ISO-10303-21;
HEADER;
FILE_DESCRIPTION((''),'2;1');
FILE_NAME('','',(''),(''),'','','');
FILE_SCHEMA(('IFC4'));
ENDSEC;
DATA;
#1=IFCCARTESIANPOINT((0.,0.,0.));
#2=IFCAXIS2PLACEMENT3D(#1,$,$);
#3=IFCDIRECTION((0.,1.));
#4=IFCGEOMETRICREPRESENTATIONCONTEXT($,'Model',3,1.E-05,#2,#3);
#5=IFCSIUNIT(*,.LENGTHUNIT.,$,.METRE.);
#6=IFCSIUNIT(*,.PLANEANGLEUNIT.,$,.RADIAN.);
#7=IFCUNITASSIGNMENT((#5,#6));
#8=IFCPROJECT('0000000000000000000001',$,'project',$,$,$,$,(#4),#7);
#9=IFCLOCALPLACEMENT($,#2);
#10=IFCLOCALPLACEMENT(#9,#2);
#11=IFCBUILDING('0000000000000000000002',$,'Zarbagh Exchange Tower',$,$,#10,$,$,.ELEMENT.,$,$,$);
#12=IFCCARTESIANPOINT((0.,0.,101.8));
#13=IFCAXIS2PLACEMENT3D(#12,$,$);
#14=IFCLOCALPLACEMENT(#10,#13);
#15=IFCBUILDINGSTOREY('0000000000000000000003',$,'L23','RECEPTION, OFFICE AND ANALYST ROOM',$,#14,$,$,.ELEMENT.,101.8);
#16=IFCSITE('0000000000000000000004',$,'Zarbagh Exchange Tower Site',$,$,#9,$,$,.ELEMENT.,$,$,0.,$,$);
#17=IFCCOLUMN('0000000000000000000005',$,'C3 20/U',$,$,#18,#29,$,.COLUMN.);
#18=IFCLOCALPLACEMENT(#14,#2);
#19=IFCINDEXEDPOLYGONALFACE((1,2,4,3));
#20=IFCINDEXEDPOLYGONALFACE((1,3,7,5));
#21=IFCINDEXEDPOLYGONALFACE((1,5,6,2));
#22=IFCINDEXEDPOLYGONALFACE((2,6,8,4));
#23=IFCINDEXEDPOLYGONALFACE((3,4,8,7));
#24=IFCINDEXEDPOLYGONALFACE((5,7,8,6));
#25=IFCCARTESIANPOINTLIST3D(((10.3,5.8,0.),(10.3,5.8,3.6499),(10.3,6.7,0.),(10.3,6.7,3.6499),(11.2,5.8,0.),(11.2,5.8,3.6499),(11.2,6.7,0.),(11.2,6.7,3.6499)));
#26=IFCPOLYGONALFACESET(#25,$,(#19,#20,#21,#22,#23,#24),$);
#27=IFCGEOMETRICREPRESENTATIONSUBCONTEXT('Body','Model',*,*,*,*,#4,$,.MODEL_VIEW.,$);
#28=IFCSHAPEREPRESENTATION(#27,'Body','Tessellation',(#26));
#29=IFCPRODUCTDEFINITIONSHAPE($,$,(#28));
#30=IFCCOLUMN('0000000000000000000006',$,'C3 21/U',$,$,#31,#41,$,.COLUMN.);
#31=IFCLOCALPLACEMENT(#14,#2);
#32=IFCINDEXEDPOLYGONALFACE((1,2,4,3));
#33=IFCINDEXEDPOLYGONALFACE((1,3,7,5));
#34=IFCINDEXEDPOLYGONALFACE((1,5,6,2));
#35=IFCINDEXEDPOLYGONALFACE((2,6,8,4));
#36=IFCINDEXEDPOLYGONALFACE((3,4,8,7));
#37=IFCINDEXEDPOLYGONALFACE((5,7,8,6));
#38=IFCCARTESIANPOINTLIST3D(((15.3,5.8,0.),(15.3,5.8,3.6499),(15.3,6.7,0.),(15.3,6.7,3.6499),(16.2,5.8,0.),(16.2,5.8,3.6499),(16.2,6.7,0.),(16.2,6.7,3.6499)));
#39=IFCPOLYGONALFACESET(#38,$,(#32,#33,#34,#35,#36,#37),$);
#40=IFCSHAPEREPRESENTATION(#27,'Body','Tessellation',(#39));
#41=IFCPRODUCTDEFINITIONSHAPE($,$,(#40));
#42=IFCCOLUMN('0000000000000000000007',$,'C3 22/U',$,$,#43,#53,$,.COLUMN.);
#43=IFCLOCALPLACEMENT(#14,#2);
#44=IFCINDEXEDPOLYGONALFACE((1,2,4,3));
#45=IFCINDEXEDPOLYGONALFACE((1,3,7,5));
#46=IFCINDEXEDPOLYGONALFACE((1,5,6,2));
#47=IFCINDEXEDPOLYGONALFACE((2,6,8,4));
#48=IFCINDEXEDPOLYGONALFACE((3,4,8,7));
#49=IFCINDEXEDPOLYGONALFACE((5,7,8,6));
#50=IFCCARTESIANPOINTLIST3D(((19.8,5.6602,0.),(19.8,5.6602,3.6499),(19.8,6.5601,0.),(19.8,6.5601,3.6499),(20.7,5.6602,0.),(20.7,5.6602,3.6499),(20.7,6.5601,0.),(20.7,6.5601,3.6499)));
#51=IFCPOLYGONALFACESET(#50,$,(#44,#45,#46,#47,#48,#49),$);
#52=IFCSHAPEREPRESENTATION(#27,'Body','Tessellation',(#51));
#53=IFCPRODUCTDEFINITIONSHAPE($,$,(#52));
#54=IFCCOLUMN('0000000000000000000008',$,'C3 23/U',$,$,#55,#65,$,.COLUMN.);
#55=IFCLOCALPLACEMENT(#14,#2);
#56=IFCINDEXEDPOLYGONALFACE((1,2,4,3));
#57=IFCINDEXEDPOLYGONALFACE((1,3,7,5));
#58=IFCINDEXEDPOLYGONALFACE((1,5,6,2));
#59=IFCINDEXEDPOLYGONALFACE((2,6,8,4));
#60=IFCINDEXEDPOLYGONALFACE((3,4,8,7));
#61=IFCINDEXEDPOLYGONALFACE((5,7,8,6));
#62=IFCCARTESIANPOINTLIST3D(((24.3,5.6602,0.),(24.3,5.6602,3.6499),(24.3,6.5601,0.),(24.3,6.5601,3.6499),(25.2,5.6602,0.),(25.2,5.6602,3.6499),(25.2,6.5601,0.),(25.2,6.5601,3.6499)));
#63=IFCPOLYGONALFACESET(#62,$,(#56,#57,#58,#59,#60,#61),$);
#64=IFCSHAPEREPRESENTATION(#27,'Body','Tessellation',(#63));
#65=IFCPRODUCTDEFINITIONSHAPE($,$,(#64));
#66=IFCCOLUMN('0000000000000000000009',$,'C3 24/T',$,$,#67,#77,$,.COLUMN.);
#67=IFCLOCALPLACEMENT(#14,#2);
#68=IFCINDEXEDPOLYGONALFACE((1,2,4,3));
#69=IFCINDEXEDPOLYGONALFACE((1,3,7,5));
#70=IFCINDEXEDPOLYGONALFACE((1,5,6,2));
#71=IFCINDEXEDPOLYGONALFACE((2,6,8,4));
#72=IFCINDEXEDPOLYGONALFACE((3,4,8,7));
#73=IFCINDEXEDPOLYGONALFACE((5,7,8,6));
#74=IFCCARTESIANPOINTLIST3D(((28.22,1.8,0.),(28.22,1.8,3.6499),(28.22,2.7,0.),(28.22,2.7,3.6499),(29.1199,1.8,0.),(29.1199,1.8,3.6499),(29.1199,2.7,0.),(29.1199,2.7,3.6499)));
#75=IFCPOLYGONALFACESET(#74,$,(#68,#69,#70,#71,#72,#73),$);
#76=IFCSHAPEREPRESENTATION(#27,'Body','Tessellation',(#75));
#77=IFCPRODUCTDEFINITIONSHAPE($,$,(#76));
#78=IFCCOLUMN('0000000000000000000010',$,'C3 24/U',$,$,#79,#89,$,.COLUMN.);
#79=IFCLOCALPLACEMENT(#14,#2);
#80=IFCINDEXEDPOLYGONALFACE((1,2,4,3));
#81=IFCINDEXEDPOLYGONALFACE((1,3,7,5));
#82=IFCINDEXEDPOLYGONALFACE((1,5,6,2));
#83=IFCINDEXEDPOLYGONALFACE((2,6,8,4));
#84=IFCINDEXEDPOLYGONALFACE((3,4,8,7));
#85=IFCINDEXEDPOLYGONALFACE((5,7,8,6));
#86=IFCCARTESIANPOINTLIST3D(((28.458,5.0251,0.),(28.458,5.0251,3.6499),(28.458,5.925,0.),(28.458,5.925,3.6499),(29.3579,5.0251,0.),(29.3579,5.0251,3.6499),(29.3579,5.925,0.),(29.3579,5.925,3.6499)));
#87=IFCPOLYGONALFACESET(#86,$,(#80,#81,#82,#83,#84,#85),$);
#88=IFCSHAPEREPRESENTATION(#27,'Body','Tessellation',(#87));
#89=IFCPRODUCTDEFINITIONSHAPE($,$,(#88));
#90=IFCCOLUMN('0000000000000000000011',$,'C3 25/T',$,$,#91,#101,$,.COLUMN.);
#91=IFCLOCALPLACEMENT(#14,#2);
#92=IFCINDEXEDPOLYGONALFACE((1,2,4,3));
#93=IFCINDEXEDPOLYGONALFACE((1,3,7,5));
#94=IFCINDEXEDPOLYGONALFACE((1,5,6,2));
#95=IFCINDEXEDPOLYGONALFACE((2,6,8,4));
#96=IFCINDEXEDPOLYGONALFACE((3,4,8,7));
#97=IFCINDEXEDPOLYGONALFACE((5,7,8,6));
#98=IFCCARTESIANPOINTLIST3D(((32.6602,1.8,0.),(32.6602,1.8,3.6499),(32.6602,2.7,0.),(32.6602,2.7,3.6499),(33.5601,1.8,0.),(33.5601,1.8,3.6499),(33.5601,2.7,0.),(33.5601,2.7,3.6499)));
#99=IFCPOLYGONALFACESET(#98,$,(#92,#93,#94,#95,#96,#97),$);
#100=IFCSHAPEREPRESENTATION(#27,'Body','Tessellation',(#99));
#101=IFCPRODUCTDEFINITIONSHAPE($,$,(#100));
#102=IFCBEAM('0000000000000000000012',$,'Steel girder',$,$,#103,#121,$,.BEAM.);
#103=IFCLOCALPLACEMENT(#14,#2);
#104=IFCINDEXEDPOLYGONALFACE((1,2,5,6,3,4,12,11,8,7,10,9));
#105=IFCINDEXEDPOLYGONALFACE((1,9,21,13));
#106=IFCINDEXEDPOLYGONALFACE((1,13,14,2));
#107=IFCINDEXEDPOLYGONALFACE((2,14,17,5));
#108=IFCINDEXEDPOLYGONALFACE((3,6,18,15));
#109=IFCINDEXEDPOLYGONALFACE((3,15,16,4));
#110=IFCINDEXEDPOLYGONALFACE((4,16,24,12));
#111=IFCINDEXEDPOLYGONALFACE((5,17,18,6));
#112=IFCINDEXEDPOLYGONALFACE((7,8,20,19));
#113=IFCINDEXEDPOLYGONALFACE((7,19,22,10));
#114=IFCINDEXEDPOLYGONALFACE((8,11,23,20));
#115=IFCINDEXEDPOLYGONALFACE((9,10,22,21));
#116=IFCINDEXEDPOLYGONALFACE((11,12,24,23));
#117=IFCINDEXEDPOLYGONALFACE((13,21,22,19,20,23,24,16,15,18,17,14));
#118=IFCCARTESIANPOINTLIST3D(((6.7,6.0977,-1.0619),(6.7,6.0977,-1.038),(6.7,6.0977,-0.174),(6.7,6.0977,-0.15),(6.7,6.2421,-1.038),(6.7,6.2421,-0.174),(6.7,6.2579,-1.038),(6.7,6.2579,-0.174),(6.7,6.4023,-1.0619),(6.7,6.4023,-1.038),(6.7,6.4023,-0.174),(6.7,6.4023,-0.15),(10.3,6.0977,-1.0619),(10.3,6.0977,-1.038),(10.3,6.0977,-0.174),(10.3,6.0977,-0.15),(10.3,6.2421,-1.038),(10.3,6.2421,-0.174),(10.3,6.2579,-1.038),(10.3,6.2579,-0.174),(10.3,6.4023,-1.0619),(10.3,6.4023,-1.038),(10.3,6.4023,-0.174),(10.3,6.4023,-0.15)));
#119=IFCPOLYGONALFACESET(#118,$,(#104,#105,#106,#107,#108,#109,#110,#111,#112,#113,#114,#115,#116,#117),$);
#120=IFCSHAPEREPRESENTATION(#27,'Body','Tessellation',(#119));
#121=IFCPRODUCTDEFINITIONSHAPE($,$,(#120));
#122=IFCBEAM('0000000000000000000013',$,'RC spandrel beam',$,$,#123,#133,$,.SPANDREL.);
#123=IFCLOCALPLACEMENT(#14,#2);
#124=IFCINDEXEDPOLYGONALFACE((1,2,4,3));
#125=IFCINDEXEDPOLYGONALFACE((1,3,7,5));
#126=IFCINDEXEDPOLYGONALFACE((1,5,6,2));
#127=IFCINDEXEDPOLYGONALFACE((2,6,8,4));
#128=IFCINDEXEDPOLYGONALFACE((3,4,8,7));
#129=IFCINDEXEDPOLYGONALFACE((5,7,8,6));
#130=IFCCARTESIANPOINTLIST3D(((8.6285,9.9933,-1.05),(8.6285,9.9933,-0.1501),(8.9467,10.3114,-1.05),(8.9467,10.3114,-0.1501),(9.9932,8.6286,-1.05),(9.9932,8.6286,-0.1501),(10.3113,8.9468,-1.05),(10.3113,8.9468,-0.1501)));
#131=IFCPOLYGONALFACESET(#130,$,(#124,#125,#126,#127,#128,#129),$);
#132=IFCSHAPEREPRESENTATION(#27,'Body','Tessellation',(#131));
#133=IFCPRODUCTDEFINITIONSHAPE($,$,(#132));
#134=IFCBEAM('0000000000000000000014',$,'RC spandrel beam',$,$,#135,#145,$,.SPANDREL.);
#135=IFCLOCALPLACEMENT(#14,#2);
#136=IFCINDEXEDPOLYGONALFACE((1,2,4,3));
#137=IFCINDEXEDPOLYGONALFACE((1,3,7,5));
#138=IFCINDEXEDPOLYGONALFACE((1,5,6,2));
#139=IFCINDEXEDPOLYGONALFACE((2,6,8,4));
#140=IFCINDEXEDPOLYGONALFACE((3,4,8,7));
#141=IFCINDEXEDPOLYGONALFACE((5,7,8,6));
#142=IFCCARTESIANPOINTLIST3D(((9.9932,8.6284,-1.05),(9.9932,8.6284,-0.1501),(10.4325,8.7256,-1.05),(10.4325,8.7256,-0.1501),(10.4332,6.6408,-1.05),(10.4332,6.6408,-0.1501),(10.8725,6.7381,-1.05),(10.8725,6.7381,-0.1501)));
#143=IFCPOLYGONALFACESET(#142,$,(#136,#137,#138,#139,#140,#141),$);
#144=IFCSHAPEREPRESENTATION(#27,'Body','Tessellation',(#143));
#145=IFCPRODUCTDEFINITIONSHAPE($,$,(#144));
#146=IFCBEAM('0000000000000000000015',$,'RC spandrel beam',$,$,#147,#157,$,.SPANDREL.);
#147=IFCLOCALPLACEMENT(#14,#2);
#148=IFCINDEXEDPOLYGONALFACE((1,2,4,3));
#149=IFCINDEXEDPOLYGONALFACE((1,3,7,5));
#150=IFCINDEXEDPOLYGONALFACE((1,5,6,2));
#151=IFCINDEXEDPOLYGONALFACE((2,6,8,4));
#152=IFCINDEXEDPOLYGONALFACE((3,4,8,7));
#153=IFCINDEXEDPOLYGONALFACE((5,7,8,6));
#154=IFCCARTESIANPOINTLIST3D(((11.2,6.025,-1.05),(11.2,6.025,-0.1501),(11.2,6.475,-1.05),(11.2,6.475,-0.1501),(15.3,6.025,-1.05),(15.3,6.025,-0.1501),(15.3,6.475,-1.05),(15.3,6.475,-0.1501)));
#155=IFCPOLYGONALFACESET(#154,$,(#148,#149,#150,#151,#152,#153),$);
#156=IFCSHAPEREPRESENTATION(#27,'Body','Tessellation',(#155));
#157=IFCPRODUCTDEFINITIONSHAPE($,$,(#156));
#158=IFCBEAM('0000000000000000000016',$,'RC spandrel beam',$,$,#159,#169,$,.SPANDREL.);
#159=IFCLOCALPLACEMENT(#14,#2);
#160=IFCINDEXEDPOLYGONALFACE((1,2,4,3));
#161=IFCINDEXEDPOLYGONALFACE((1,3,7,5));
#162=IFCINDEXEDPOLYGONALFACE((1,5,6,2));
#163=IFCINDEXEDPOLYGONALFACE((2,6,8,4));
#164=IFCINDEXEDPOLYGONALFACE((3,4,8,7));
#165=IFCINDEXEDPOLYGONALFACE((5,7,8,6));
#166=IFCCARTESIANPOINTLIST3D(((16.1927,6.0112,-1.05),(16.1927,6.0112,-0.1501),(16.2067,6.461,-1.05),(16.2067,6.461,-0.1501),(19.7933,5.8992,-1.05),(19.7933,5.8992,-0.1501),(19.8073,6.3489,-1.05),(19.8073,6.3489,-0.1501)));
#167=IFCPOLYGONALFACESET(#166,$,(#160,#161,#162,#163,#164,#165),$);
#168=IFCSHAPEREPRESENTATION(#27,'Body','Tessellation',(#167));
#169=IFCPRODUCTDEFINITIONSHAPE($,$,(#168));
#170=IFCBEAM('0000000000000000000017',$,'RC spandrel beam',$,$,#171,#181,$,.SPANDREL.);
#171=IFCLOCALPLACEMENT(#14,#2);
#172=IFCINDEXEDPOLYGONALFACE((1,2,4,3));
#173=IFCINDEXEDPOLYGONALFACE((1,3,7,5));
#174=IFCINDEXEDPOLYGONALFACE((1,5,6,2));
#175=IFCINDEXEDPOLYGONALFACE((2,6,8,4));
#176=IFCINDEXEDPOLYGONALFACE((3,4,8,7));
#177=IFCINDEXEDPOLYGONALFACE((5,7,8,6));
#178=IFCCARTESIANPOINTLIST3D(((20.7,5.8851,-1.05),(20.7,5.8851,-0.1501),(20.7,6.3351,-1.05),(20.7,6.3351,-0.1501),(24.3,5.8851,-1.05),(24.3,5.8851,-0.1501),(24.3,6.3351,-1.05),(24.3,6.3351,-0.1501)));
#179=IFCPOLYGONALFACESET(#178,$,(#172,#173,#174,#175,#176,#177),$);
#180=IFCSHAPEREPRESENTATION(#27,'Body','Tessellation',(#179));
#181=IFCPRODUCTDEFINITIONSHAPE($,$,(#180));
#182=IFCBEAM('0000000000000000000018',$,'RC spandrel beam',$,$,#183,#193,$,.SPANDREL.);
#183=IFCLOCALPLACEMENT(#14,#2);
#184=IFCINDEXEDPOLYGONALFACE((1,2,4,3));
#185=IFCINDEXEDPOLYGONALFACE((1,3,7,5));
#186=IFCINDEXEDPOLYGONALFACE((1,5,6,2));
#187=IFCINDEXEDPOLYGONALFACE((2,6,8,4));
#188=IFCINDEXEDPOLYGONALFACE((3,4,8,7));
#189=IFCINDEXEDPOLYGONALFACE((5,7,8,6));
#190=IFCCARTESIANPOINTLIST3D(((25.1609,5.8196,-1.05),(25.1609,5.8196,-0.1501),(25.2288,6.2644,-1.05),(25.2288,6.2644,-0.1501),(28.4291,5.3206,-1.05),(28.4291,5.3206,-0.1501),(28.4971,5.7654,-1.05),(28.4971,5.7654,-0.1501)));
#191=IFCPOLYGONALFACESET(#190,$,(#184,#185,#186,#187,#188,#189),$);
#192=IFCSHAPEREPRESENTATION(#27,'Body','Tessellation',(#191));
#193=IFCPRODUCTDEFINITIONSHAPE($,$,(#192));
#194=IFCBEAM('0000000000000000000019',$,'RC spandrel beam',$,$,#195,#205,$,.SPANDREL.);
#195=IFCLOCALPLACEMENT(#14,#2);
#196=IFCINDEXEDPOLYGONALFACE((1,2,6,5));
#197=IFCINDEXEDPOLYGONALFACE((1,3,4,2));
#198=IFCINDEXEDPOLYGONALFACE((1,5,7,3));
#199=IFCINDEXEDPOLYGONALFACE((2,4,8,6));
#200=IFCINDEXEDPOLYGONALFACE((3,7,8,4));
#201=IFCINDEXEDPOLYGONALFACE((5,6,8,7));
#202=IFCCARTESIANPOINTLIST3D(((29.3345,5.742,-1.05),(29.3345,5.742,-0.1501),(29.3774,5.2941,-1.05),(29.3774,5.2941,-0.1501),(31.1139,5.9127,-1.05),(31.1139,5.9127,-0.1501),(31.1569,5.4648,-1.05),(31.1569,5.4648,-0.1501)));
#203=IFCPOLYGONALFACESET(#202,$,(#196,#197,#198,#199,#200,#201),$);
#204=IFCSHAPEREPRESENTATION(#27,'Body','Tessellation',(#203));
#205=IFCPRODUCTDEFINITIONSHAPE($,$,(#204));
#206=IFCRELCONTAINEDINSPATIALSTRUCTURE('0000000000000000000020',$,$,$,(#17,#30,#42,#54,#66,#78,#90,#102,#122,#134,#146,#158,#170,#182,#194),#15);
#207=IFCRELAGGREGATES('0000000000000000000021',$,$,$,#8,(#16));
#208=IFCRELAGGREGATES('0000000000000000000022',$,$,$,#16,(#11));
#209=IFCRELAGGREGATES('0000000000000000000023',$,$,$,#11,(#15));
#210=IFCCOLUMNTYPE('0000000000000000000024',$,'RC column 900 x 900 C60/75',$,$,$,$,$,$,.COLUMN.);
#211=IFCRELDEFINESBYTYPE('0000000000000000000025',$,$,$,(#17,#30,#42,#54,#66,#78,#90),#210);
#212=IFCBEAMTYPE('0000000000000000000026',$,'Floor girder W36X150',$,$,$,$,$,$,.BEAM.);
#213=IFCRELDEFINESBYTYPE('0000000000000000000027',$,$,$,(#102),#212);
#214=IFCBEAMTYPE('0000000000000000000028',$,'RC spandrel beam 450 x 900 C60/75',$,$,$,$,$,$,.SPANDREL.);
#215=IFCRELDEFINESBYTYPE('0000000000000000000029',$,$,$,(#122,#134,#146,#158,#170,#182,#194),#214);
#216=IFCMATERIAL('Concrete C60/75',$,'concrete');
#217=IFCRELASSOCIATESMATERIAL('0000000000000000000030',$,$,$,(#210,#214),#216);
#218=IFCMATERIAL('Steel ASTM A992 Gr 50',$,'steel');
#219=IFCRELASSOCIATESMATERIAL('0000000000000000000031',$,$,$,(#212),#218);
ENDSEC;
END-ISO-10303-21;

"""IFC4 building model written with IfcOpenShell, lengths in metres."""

from ifc_helpers import new_model, si_unit, direction, frame, origin, origin_2d, place, context, subcontext, project, spatial, rectangle, i_section, extrude, material, material_profile, profile_set, type_object, element, save


model = new_model("IFC4")

# Units and contexts
model_context = context("Model", 3, precision=1e-05, world=origin(), true_north=direction((0.0, 1.0)))
body_context = subcontext(model_context, "Body", "Model", "MODEL_VIEW")
ifc_project = project(units=[si_unit("LENGTHUNIT", "METRE"), si_unit("PLANEANGLEUNIT", "RADIAN")], contexts=[model_context])

# Site, building, storey
site_placement = place(None, origin())
site = spatial("IfcSite", under=ifc_project, at=site_placement, Name="Zarbagh Exchange Tower Site", CompositionType="ELEMENT", RefElevation=0.0)
building_placement = place(site_placement, origin())
building = spatial("IfcBuilding", under=site, at=building_placement, Name="Zarbagh Exchange Tower", CompositionType="ELEMENT")
storey_placement = place(building_placement, frame((0.0, 0.0, 101.8)))
storey = spatial("IfcBuildingStorey", under=building, at=storey_placement, Name="L23", Description="RECEPTION, OFFICE AND ANALYST ROOM", CompositionType="ELEMENT", Elevation=101.8)

# Columns
ifc_material_1 = material(Name="Concrete C60/75", Category="concrete")
ifc_material_profile_1 = material_profile(ifc_material_1, rectangle(XDim=0.8999, YDim=0.8999, at=origin_2d()), Name="RC column 900 x 900 C60/75")
ifc_profile_set_1 = profile_set([ifc_material_profile_1], Name="Concrete C60/75")
column_type = type_object("IfcColumnType", Name="RC column 900 x 900 C60/75", PredefinedType="COLUMN", material=ifc_profile_set_1)
for number, where, z_axis, x_axis, name in (
    (1, (10.75, 6.25, 0.0), (0.0, 0.0, 1.0), (1.0, 0.0, 0.0), "C3 20/U"),
    (2, (15.75, 6.25, 0.0), (0.0, 0.0, 1.0), (1.0, 0.0, 0.0), "C3 21/U"),
    (3, (20.25, 6.1101, 0.0), (0.0, 0.0, 1.0), (1.0, 0.0, 0.0), "C3 22/U"),
    (4, (24.75, 6.1101, 0.0), (0.0, 0.0, 1.0), (1.0, 0.0, 0.0), "C3 23/U"),
    (5, (28.6699, 2.25, 0.0), (0.0, 0.0, 1.0), (1.0, 0.0, 0.0), "C3 24/T"),
    (6, (28.908, 5.4751, 0.0), (0.0, 0.0, 1.0), (1.0, 0.0, 0.0), "C3 24/U"),
    (7, (33.1101, 2.25, 0.0), (0.0, 0.0, 1.0), (1.0, 0.0, 0.0), "C3 25/T"),
):
    element("IfcColumn", number, at=place(storey_placement, frame(where, z_axis=z_axis, x_axis=x_axis)), inside=storey, type_object=column_type, Name=name, PredefinedType="COLUMN", context=body_context, shape_type="SweptSolid", body=[
        extrude(rectangle(XDim=0.8999, YDim=0.8999, at=origin_2d()), origin(), (0.0, 0.0, 1.0), 3.6499),
    ])

# Beams
ifc_material_2 = material(Name="Steel ASTM A992 Gr 50", Category="steel")
ifc_material_profile_2 = material_profile(ifc_material_2, i_section(OverallWidth=0.3047, OverallDepth=0.9119, WebThickness=0.0159, FlangeThickness=0.0239, at=origin_2d()), Name="W36X150")
ifc_profile_set_2 = profile_set([ifc_material_profile_2], Name="Steel ASTM A992 Gr 50")
beam_type_1 = type_object("IfcBeamType", Name="Floor girder W36X150", PredefinedType="BEAM", material=ifc_profile_set_2)
beam_1_placement = place(storey_placement, frame((6.7, 6.25, -0.606), z_axis=(1.0, 0.0, 0.0), x_axis=(0.0, 1.0, 0.0)))
element("IfcBeam", 8, at=beam_1_placement, inside=storey, type_object=beam_type_1, Name="Steel girder", PredefinedType="BEAM", context=body_context, shape_type="SweptSolid", body=[
    extrude(i_section(OverallWidth=0.3047, OverallDepth=0.9119, WebThickness=0.0159, FlangeThickness=0.0239, at=origin_2d()), origin(), (0.0, 0.0, 1.0), 3.6001),
])
ifc_material_profile_3 = material_profile(ifc_material_1, rectangle(XDim=0.45, YDim=0.8999, at=origin_2d()), Name="RC spandrel beam 450 x 900 C60/75")
ifc_profile_set_3 = profile_set([ifc_material_profile_3], Name="Concrete C60/75")
beam_type_2 = type_object("IfcBeamType", Name="RC spandrel beam 450 x 900 C60/75", PredefinedType="SPANDREL", material=ifc_profile_set_3)
beam_2_placement = place(storey_placement, frame((8.7876, 10.1523, -0.6001), z_axis=(0.707107, -0.707107, 0.0), x_axis=(0.707107, 0.707107, 0.0)))
element("IfcBeam", 9, at=beam_2_placement, inside=storey, type_object=beam_type_2, Name="RC spandrel beam", PredefinedType="SPANDREL", context=body_context, shape_type="SweptSolid", body=[
    extrude(rectangle(XDim=0.45, YDim=0.8999, at=origin_2d()), origin(), (0.0, 0.0, 1.0), 1.9299),
])
beam_3_placement = place(storey_placement, frame((10.2129, 8.677, -0.6001), z_axis=(0.216118, -0.976367, 0.0), x_axis=(0.976367, 0.216118, 0.0)))
element("IfcBeam", 10, at=beam_3_placement, inside=storey, type_object=beam_type_2, Name="RC spandrel beam", PredefinedType="SPANDREL", context=body_context, shape_type="SweptSolid", body=[
    extrude(rectangle(XDim=0.45, YDim=0.8999, at=origin_2d()), origin(), (0.0, 0.0, 1.0), 2.0356),
])
beam_4_placement = place(storey_placement, frame((11.2, 6.25, -0.6001), z_axis=(1.0, 0.0, 0.0), x_axis=(0.0, 1.0, 0.0)))
element("IfcBeam", 11, at=beam_4_placement, inside=storey, type_object=beam_type_2, Name="RC spandrel beam", PredefinedType="SPANDREL", context=body_context, shape_type="SweptSolid", body=[
    extrude(rectangle(XDim=0.45, YDim=0.8999, at=origin_2d()), origin(), (0.0, 0.0, 1.0), 4.1001),
])
beam_5_placement = place(storey_placement, frame((16.1997, 6.2361, -0.6001), z_axis=(0.999516, -0.031108, 0.0), x_axis=(0.031108, 0.999516, 0.0)))
element("IfcBeam", 12, at=beam_5_placement, inside=storey, type_object=beam_type_2, Name="RC spandrel beam", PredefinedType="SPANDREL", context=body_context, shape_type="SweptSolid", body=[
    extrude(rectangle(XDim=0.45, YDim=0.8999, at=origin_2d()), origin(), (0.0, 0.0, 1.0), 3.6023),
])
beam_6_placement = place(storey_placement, frame((20.7, 6.1101, -0.6001), z_axis=(1.0, 0.0, 0.0), x_axis=(0.0, 1.0, 0.0)))
element("IfcBeam", 13, at=beam_6_placement, inside=storey, type_object=beam_type_2, Name="RC spandrel beam", PredefinedType="SPANDREL", context=body_context, shape_type="SweptSolid", body=[
    extrude(rectangle(XDim=0.45, YDim=0.8999, at=origin_2d()), origin(), (0.0, 0.0, 1.0), 3.6001),
])
beam_7_placement = place(storey_placement, frame((25.1948, 6.042, -0.6001), z_axis=(0.988544, -0.150936, 0.0), x_axis=(0.150936, 0.988544, 0.0)))
element("IfcBeam", 14, at=beam_7_placement, inside=storey, type_object=beam_type_2, Name="RC spandrel beam", PredefinedType="SPANDREL", context=body_context, shape_type="SweptSolid", body=[
    extrude(rectangle(XDim=0.45, YDim=0.8999, at=origin_2d()), origin(), (0.0, 0.0, 1.0), 3.3062),
])
beam_8_placement = place(storey_placement, frame((29.356, 5.5181, -0.6001), z_axis=(0.995433, 0.09546, 0.0), x_axis=(-0.09546, 0.995433, 0.0)))
element("IfcBeam", 15, at=beam_8_placement, inside=storey, type_object=beam_type_2, Name="RC spandrel beam", PredefinedType="SPANDREL", context=body_context, shape_type="SweptSolid", body=[
    extrude(rectangle(XDim=0.45, YDim=0.8999, at=origin_2d()), origin(), (0.0, 0.0, 1.0), 1.7876),
])

save(model, "model.ifc")
